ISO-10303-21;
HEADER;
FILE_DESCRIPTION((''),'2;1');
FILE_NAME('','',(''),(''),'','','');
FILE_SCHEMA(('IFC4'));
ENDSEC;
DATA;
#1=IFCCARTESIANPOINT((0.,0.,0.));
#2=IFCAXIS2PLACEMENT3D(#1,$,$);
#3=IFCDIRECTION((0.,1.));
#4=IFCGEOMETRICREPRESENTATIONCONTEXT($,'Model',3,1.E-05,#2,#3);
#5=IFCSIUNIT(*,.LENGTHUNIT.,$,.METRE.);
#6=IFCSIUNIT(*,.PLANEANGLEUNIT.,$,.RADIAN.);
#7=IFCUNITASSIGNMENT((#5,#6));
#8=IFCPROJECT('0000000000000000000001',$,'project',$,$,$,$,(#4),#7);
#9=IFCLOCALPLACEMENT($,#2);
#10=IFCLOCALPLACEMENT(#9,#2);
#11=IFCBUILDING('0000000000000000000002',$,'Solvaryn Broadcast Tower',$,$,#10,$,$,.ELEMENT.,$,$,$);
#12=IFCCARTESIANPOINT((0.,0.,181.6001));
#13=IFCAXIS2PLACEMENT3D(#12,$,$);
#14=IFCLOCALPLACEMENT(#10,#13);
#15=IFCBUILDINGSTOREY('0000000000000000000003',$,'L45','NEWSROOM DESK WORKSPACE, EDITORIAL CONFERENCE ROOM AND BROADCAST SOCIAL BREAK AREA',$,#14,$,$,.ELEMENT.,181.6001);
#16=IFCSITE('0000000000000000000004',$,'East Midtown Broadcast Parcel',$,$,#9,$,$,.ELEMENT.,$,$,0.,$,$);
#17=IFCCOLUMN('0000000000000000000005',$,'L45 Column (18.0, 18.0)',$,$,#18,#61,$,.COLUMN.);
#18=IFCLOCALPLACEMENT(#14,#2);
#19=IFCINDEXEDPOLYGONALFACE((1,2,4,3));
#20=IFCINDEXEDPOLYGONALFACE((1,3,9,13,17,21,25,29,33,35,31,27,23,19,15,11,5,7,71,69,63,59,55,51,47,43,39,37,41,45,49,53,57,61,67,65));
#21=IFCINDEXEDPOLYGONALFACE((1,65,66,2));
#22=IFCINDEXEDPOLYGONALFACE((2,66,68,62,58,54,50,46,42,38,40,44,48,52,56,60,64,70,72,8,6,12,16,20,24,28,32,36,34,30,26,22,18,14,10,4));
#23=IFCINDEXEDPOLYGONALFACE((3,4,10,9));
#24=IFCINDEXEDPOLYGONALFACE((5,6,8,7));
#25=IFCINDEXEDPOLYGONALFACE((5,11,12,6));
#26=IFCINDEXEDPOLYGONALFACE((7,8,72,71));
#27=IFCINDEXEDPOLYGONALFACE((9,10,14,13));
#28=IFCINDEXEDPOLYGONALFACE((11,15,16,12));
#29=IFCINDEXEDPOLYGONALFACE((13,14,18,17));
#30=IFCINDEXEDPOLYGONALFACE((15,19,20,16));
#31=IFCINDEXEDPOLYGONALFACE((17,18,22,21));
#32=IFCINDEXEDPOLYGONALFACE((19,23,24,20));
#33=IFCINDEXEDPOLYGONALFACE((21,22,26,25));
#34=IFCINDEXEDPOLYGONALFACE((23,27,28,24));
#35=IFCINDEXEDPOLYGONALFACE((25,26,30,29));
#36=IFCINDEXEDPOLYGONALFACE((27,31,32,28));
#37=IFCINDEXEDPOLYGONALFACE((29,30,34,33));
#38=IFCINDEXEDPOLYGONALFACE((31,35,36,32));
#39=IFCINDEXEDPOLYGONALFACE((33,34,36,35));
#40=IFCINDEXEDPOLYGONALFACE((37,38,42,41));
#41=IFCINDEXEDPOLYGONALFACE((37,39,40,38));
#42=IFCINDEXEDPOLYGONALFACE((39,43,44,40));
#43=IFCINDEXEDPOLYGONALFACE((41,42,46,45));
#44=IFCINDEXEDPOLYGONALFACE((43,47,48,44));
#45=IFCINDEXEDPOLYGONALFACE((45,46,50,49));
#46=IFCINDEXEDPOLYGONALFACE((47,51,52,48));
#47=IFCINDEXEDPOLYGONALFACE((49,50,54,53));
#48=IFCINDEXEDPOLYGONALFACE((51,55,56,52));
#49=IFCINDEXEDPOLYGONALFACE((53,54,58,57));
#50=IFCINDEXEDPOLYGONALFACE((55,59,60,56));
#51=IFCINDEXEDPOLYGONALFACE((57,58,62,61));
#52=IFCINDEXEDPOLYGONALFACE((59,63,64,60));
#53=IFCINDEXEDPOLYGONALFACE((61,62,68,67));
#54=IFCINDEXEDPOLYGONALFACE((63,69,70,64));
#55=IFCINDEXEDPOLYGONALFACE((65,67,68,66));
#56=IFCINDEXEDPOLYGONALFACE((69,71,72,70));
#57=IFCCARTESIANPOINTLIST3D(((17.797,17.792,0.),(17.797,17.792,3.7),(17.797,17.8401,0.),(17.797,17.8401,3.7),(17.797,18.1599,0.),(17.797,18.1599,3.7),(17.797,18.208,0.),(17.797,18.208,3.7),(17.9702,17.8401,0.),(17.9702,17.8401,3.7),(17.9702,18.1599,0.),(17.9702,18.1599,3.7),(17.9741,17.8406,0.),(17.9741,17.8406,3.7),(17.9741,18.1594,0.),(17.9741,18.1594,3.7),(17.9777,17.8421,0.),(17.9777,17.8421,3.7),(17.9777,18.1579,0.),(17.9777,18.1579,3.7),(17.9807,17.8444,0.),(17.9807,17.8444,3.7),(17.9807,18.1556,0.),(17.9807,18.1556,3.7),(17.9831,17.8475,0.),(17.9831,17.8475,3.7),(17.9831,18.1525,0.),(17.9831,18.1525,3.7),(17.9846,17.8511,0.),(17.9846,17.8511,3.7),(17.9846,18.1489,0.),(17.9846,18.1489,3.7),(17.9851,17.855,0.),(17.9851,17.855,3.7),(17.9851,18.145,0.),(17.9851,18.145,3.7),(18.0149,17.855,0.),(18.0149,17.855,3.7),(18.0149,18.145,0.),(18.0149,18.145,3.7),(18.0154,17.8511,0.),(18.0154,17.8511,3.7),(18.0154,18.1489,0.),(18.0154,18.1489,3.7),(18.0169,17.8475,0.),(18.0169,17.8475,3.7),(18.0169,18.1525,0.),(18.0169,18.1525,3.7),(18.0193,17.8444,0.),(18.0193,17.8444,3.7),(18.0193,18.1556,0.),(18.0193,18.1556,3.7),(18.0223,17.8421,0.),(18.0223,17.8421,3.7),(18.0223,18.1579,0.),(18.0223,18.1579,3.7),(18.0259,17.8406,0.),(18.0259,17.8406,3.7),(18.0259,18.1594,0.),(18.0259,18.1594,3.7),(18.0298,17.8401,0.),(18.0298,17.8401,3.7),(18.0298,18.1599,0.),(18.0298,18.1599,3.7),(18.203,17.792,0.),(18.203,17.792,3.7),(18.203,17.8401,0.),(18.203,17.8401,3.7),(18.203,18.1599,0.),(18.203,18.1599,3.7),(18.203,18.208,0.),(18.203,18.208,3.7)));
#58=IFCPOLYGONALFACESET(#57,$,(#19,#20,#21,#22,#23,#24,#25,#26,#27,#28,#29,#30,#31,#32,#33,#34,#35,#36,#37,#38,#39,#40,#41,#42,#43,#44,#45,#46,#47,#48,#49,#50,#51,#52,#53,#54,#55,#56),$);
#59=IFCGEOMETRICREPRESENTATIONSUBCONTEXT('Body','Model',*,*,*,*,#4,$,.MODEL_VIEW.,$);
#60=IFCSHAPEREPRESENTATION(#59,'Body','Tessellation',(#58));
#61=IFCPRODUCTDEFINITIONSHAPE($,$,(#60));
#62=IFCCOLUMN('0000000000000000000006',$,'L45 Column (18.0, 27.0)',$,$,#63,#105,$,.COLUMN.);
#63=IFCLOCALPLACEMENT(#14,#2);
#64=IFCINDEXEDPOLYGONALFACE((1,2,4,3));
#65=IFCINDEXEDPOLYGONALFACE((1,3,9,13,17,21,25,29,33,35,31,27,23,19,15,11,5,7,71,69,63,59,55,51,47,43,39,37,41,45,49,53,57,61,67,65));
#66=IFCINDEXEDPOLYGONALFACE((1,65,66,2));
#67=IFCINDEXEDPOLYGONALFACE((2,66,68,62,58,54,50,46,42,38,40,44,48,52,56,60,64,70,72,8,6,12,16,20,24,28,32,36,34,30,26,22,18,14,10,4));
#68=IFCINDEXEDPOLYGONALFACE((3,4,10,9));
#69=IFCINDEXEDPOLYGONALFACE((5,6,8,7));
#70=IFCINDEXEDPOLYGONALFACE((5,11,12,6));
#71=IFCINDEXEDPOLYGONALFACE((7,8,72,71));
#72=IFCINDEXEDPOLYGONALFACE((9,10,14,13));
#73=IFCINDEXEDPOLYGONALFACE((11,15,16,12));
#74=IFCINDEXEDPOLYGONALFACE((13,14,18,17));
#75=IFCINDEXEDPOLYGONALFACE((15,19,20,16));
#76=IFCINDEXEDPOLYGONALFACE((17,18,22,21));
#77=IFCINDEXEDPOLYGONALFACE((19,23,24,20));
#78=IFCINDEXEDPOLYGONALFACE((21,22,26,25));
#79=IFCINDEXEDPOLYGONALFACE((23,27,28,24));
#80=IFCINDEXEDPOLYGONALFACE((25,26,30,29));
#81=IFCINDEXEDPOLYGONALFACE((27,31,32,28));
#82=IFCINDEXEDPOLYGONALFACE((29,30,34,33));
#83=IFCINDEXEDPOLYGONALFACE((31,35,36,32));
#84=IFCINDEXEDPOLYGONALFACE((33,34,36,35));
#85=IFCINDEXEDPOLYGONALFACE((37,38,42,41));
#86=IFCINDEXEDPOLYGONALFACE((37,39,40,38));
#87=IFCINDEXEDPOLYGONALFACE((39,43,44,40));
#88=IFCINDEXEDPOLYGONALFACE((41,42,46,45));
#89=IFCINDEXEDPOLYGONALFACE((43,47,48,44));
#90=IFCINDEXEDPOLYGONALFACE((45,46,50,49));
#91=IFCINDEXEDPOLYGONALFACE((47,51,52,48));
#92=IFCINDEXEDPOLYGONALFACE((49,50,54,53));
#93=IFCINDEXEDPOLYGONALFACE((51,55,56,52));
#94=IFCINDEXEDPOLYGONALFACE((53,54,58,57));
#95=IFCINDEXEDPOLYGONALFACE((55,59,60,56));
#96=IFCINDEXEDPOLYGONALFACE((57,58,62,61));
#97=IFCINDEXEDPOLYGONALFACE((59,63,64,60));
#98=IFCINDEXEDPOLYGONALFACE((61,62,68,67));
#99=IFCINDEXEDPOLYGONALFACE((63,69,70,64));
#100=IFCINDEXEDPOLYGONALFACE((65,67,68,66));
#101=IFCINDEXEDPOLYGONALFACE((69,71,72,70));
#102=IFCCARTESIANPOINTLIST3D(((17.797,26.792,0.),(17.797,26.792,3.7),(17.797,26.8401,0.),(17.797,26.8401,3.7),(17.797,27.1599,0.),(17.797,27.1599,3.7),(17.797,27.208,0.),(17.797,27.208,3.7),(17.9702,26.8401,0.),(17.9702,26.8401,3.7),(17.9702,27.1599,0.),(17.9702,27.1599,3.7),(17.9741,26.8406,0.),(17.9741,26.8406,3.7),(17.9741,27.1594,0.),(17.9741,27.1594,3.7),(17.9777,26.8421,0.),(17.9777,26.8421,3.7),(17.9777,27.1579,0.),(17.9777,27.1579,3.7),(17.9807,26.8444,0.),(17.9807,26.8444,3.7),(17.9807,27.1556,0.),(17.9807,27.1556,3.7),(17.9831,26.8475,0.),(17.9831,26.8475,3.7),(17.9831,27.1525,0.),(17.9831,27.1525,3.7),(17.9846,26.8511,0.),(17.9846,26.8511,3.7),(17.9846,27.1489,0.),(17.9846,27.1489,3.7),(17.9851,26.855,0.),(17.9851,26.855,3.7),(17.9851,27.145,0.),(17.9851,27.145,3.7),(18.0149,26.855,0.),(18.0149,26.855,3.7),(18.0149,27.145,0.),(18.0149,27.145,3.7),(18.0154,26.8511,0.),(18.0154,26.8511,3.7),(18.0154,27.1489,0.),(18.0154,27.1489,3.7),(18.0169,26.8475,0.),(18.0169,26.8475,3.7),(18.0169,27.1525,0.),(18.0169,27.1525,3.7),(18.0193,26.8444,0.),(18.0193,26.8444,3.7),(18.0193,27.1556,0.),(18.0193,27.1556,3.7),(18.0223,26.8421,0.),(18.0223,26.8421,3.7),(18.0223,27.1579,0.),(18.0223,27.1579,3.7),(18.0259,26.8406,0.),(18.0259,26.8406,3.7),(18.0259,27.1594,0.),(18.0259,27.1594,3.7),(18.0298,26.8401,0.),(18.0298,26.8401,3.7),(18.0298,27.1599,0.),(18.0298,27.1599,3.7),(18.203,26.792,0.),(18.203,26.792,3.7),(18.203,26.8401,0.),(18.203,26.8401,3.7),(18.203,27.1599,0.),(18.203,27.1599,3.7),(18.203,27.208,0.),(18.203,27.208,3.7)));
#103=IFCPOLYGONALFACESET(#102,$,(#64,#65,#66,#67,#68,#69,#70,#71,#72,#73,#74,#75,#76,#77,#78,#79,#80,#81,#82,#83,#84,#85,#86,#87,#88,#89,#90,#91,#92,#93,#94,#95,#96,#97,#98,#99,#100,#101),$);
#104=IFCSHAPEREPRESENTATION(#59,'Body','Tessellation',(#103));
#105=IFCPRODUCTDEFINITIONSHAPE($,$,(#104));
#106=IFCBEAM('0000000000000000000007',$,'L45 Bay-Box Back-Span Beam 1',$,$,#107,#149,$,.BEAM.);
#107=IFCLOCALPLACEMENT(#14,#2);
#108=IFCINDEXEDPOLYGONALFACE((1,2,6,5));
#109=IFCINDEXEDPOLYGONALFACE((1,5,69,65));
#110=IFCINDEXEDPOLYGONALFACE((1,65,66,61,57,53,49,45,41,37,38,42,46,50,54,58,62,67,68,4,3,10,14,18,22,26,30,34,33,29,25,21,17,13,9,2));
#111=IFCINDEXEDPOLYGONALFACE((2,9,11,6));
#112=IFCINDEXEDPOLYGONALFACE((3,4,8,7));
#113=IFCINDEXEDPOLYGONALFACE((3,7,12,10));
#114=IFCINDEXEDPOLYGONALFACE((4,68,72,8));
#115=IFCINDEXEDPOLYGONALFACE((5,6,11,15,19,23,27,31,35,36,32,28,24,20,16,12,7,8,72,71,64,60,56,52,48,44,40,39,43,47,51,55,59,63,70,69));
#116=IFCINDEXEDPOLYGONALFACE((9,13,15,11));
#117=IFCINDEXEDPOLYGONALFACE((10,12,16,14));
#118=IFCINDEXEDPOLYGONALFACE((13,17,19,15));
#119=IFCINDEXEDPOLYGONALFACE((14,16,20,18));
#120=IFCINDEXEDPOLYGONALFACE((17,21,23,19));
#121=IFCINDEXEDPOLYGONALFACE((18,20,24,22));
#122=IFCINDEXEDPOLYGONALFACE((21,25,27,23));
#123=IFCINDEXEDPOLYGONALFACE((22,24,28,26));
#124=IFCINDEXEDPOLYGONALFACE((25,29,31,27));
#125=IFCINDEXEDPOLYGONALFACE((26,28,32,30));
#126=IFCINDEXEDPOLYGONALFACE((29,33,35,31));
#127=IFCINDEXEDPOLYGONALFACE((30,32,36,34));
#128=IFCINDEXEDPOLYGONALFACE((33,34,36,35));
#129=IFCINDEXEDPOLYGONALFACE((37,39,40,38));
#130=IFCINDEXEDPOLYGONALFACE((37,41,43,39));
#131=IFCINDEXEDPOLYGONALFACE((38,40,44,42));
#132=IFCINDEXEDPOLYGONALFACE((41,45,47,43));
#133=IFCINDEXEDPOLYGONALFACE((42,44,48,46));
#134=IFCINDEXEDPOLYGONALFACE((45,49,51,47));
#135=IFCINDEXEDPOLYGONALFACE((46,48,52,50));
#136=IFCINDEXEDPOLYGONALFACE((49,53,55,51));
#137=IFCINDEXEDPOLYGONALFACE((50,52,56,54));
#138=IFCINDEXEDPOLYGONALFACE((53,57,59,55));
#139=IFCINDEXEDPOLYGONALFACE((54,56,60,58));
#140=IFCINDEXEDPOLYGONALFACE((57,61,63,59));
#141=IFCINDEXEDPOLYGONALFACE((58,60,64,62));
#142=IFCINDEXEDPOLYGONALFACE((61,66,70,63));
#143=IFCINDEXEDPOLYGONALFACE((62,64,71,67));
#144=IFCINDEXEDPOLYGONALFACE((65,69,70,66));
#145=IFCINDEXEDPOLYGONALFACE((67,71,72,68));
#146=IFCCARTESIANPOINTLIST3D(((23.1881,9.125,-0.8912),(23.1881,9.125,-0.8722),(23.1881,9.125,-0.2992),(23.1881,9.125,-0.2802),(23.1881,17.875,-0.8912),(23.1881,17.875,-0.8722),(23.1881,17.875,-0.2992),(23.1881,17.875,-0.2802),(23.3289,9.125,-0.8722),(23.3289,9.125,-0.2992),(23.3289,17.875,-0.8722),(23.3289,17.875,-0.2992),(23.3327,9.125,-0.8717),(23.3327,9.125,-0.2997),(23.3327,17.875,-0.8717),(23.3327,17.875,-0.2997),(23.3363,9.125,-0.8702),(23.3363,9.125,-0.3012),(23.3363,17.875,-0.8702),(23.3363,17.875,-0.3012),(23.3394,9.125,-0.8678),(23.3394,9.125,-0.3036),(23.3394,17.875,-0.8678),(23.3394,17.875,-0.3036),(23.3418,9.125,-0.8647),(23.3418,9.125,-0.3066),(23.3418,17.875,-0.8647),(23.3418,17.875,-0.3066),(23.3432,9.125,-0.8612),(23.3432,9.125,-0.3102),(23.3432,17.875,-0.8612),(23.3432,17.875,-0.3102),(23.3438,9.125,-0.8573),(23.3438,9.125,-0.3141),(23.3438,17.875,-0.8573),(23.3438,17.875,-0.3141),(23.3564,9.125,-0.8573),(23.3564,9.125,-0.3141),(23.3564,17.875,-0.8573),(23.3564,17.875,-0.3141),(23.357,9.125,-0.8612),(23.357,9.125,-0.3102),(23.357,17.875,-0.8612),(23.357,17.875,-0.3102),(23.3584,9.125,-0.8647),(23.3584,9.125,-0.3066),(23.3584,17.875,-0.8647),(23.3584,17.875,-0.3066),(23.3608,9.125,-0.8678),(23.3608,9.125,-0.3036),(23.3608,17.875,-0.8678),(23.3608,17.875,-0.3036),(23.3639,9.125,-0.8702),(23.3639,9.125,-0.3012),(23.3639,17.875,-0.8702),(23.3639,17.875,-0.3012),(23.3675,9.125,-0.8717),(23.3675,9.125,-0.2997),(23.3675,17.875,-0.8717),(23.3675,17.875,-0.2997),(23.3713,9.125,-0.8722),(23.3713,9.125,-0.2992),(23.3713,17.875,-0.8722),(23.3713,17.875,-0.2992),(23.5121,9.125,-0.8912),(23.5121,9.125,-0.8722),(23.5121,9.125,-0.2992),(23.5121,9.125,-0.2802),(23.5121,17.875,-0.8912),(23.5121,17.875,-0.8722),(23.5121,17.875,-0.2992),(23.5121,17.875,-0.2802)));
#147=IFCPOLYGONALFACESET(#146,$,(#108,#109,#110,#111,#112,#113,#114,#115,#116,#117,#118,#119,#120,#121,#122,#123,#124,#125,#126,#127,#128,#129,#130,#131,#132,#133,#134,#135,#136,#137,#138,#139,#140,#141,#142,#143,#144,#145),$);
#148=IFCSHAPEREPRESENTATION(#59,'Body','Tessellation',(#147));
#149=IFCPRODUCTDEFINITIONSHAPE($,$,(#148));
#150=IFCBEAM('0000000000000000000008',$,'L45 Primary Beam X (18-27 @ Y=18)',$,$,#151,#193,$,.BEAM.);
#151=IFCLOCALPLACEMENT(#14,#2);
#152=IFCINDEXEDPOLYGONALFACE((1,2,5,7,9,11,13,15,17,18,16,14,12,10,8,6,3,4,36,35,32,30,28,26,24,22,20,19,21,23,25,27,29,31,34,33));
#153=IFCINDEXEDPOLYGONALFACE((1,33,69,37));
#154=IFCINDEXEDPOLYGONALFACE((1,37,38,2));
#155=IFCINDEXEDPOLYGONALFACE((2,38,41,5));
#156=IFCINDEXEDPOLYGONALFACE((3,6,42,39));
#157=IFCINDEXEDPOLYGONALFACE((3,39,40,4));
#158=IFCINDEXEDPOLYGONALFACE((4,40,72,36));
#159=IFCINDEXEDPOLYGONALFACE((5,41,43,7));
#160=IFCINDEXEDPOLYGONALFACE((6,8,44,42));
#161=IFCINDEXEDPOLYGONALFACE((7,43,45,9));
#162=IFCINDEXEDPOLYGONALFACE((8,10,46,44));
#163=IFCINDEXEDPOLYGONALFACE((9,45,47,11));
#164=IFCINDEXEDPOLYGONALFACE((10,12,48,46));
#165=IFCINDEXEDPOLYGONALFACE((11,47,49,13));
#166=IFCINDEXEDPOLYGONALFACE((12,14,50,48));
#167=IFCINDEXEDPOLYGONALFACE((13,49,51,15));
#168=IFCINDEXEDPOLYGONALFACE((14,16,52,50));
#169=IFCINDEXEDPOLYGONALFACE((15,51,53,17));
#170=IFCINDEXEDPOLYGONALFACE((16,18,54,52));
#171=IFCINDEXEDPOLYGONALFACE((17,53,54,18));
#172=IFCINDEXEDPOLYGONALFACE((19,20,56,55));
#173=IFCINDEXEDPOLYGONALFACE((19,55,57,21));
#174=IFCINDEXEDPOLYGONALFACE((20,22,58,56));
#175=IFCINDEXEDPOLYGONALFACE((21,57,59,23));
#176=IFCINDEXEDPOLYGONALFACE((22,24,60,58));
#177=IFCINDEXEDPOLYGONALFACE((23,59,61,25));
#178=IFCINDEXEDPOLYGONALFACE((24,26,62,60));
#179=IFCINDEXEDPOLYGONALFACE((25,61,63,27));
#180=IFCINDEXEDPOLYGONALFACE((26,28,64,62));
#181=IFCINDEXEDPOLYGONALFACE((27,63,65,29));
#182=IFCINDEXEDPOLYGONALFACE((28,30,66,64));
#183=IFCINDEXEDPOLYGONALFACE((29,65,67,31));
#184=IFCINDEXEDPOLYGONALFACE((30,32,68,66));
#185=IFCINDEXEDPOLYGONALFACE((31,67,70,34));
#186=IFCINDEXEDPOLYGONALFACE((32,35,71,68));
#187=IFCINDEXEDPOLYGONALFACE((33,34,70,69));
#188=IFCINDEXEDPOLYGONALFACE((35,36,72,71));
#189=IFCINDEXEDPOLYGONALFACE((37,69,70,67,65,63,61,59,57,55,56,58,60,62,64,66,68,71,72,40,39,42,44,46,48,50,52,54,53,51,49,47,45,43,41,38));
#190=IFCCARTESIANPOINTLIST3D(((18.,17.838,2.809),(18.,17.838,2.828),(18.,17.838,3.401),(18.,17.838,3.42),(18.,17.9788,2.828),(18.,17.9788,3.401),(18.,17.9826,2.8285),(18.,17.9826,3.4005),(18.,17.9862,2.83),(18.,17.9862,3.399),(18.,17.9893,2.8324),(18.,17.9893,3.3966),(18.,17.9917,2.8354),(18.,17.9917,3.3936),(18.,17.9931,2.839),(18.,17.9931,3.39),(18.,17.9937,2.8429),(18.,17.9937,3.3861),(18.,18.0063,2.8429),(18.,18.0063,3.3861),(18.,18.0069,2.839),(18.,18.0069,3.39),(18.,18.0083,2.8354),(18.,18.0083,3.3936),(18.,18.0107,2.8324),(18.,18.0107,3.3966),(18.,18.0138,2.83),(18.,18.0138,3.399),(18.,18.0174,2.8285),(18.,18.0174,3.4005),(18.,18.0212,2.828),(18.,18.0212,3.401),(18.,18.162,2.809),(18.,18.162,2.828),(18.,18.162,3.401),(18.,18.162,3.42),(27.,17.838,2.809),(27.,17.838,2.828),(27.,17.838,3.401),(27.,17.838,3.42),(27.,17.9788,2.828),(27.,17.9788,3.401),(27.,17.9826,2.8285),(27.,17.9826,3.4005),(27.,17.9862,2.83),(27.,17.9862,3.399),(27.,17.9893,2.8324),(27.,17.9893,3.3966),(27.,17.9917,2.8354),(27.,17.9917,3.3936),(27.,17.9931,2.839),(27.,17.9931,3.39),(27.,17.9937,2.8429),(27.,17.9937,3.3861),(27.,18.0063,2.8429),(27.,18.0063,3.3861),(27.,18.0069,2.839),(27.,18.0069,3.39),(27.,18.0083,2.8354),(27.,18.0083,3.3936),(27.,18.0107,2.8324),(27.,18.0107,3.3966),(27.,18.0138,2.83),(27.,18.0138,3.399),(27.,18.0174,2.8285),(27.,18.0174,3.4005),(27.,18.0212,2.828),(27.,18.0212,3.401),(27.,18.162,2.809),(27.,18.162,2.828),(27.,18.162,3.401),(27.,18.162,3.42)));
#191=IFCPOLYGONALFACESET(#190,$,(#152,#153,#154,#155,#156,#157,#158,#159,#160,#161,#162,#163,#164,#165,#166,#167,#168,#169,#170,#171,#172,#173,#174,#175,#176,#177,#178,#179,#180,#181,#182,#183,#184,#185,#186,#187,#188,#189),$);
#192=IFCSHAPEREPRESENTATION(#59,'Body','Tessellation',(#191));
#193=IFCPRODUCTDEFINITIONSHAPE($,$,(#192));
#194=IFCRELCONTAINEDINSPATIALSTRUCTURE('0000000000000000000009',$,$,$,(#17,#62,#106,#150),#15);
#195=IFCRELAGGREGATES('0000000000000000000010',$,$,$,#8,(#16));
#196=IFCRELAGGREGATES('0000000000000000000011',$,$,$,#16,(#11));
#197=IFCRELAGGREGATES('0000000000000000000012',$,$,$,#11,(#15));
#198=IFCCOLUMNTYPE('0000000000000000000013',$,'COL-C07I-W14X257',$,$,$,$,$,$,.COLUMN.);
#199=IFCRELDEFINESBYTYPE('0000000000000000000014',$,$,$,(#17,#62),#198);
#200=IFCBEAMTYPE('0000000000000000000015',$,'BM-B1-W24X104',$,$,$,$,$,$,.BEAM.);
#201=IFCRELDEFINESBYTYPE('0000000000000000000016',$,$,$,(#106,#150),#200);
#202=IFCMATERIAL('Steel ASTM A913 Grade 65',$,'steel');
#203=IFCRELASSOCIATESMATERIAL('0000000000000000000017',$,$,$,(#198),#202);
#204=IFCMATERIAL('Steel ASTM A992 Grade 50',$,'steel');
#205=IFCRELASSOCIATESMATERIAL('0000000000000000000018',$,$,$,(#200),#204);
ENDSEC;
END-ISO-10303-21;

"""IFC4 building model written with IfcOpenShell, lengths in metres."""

from ifc_helpers import new_model, si_unit, direction, frame, origin, origin_2d, place, context, subcontext, project, spatial, i_section, extrude, material, material_profile, profile_set, type_object, element, save


model = new_model("IFC4")

# Units and contexts
model_context = context("Model", 3, precision=1e-05, world=origin(), true_north=direction((0.0, 1.0)))
body_context = subcontext(model_context, "Body", "Model", "MODEL_VIEW")
ifc_project = project(units=[si_unit("LENGTHUNIT", "METRE"), si_unit("PLANEANGLEUNIT", "RADIAN")], contexts=[model_context])

# Site, building, storey
site_placement = place(None, origin())
site = spatial("IfcSite", under=ifc_project, at=site_placement, Name="East Midtown Broadcast Parcel", CompositionType="ELEMENT", RefElevation=0.0)
building_placement = place(site_placement, origin())
building = spatial("IfcBuilding", under=site, at=building_placement, Name="Solvaryn Broadcast Tower", CompositionType="ELEMENT")
storey_placement = place(building_placement, frame((0.0, 0.0, 181.6001)))
storey = spatial("IfcBuildingStorey", under=building, at=storey_placement, Name="L45", Description="NEWSROOM DESK WORKSPACE, EDITORIAL CONFERENCE ROOM AND BROADCAST SOCIAL BREAK AREA", CompositionType="ELEMENT", Elevation=181.6001)

# Columns
ifc_material_1 = material(Name="Steel ASTM A913 Grade 65", Category="steel")
ifc_material_profile_1 = material_profile(ifc_material_1, i_section(OverallWidth=0.406, OverallDepth=0.416, WebThickness=0.0298, FlangeThickness=0.0481, FilletRadius=0.0149, at=origin_2d()))
ifc_profile_set_1 = profile_set([ifc_material_profile_1], Name="Steel ASTM A913 Grade 65")
column_type = type_object("IfcColumnType", Name="COL-C07I-W14X257", PredefinedType="COLUMN", material=ifc_profile_set_1)
for number, where, z_axis, x_axis, name in (
    (1, (18.0, 18.0, 0.0), (0.0, 0.0, 1.0), (1.0, 0.0, 0.0), "L45 Column (18.0, 18.0)"),
    (2, (18.0, 27.0, 0.0), (0.0, 0.0, 1.0), (1.0, 0.0, 0.0), "L45 Column (18.0, 27.0)"),
):
    element("IfcColumn", number, at=place(storey_placement, frame(where, z_axis=z_axis, x_axis=x_axis)), inside=storey, type_object=column_type, Name=name, PredefinedType="COLUMN", context=body_context, shape_type="SweptSolid", body=[
        extrude(i_section(OverallWidth=0.406, OverallDepth=0.416, WebThickness=0.0298, FlangeThickness=0.0481, FilletRadius=0.0149, at=origin_2d()), origin(), (0.0, 0.0, 1.0), 3.7),
    ])

# Beams
ifc_material_2 = material(Name="Steel ASTM A992 Grade 50", Category="steel")
ifc_material_profile_2 = material_profile(ifc_material_2, i_section(OverallWidth=0.324, OverallDepth=0.6111, WebThickness=0.0127, FlangeThickness=0.019, FilletRadius=0.0149, at=origin_2d()))
ifc_profile_set_2 = profile_set([ifc_material_profile_2], Name="Steel ASTM A992 Grade 50")
beam_type_1 = type_object("IfcBeamType", Name="BM-B1-W24X104", PredefinedType="BEAM", material=ifc_profile_set_2)
beam_1_placement = place(storey_placement, frame((23.3501, 17.875, -0.5857), z_axis=(0.0, -1.0, 0.0), x_axis=(1.0, 0.0, 0.0)))
element("IfcBeam", 3, at=beam_1_placement, inside=storey, type_object=beam_type_1, Name="L45 Bay-Box Back-Span Beam 1", PredefinedType="BEAM", context=body_context, shape_type="SweptSolid", body=[
    extrude(i_section(OverallWidth=0.324, OverallDepth=0.6111, WebThickness=0.0127, FlangeThickness=0.019, FilletRadius=0.0149, at=origin_2d()), origin(), (0.0, 0.0, 1.0), 8.75),
])
for number, where, z_axis, x_axis, name in (
    (4, (18.0, 18.0, 3.1145), (1.0, 0.0, 0.0), (0.0, 1.0, 0.0), "L45 Primary Beam X (18-27 @ Y=18)"),
):
    element("IfcBeam", number, at=place(storey_placement, frame(where, z_axis=z_axis, x_axis=x_axis)), inside=storey, type_object=beam_type_1, Name=name, PredefinedType="BEAM", context=body_context, shape_type="SweptSolid", body=[
        extrude(i_section(OverallWidth=0.324, OverallDepth=0.6111, WebThickness=0.0127, FlangeThickness=0.019, FilletRadius=0.0149, at=origin_2d()), origin(), (0.0, 0.0, 1.0), 9.0),
    ])

save(model, "model.ifc")
